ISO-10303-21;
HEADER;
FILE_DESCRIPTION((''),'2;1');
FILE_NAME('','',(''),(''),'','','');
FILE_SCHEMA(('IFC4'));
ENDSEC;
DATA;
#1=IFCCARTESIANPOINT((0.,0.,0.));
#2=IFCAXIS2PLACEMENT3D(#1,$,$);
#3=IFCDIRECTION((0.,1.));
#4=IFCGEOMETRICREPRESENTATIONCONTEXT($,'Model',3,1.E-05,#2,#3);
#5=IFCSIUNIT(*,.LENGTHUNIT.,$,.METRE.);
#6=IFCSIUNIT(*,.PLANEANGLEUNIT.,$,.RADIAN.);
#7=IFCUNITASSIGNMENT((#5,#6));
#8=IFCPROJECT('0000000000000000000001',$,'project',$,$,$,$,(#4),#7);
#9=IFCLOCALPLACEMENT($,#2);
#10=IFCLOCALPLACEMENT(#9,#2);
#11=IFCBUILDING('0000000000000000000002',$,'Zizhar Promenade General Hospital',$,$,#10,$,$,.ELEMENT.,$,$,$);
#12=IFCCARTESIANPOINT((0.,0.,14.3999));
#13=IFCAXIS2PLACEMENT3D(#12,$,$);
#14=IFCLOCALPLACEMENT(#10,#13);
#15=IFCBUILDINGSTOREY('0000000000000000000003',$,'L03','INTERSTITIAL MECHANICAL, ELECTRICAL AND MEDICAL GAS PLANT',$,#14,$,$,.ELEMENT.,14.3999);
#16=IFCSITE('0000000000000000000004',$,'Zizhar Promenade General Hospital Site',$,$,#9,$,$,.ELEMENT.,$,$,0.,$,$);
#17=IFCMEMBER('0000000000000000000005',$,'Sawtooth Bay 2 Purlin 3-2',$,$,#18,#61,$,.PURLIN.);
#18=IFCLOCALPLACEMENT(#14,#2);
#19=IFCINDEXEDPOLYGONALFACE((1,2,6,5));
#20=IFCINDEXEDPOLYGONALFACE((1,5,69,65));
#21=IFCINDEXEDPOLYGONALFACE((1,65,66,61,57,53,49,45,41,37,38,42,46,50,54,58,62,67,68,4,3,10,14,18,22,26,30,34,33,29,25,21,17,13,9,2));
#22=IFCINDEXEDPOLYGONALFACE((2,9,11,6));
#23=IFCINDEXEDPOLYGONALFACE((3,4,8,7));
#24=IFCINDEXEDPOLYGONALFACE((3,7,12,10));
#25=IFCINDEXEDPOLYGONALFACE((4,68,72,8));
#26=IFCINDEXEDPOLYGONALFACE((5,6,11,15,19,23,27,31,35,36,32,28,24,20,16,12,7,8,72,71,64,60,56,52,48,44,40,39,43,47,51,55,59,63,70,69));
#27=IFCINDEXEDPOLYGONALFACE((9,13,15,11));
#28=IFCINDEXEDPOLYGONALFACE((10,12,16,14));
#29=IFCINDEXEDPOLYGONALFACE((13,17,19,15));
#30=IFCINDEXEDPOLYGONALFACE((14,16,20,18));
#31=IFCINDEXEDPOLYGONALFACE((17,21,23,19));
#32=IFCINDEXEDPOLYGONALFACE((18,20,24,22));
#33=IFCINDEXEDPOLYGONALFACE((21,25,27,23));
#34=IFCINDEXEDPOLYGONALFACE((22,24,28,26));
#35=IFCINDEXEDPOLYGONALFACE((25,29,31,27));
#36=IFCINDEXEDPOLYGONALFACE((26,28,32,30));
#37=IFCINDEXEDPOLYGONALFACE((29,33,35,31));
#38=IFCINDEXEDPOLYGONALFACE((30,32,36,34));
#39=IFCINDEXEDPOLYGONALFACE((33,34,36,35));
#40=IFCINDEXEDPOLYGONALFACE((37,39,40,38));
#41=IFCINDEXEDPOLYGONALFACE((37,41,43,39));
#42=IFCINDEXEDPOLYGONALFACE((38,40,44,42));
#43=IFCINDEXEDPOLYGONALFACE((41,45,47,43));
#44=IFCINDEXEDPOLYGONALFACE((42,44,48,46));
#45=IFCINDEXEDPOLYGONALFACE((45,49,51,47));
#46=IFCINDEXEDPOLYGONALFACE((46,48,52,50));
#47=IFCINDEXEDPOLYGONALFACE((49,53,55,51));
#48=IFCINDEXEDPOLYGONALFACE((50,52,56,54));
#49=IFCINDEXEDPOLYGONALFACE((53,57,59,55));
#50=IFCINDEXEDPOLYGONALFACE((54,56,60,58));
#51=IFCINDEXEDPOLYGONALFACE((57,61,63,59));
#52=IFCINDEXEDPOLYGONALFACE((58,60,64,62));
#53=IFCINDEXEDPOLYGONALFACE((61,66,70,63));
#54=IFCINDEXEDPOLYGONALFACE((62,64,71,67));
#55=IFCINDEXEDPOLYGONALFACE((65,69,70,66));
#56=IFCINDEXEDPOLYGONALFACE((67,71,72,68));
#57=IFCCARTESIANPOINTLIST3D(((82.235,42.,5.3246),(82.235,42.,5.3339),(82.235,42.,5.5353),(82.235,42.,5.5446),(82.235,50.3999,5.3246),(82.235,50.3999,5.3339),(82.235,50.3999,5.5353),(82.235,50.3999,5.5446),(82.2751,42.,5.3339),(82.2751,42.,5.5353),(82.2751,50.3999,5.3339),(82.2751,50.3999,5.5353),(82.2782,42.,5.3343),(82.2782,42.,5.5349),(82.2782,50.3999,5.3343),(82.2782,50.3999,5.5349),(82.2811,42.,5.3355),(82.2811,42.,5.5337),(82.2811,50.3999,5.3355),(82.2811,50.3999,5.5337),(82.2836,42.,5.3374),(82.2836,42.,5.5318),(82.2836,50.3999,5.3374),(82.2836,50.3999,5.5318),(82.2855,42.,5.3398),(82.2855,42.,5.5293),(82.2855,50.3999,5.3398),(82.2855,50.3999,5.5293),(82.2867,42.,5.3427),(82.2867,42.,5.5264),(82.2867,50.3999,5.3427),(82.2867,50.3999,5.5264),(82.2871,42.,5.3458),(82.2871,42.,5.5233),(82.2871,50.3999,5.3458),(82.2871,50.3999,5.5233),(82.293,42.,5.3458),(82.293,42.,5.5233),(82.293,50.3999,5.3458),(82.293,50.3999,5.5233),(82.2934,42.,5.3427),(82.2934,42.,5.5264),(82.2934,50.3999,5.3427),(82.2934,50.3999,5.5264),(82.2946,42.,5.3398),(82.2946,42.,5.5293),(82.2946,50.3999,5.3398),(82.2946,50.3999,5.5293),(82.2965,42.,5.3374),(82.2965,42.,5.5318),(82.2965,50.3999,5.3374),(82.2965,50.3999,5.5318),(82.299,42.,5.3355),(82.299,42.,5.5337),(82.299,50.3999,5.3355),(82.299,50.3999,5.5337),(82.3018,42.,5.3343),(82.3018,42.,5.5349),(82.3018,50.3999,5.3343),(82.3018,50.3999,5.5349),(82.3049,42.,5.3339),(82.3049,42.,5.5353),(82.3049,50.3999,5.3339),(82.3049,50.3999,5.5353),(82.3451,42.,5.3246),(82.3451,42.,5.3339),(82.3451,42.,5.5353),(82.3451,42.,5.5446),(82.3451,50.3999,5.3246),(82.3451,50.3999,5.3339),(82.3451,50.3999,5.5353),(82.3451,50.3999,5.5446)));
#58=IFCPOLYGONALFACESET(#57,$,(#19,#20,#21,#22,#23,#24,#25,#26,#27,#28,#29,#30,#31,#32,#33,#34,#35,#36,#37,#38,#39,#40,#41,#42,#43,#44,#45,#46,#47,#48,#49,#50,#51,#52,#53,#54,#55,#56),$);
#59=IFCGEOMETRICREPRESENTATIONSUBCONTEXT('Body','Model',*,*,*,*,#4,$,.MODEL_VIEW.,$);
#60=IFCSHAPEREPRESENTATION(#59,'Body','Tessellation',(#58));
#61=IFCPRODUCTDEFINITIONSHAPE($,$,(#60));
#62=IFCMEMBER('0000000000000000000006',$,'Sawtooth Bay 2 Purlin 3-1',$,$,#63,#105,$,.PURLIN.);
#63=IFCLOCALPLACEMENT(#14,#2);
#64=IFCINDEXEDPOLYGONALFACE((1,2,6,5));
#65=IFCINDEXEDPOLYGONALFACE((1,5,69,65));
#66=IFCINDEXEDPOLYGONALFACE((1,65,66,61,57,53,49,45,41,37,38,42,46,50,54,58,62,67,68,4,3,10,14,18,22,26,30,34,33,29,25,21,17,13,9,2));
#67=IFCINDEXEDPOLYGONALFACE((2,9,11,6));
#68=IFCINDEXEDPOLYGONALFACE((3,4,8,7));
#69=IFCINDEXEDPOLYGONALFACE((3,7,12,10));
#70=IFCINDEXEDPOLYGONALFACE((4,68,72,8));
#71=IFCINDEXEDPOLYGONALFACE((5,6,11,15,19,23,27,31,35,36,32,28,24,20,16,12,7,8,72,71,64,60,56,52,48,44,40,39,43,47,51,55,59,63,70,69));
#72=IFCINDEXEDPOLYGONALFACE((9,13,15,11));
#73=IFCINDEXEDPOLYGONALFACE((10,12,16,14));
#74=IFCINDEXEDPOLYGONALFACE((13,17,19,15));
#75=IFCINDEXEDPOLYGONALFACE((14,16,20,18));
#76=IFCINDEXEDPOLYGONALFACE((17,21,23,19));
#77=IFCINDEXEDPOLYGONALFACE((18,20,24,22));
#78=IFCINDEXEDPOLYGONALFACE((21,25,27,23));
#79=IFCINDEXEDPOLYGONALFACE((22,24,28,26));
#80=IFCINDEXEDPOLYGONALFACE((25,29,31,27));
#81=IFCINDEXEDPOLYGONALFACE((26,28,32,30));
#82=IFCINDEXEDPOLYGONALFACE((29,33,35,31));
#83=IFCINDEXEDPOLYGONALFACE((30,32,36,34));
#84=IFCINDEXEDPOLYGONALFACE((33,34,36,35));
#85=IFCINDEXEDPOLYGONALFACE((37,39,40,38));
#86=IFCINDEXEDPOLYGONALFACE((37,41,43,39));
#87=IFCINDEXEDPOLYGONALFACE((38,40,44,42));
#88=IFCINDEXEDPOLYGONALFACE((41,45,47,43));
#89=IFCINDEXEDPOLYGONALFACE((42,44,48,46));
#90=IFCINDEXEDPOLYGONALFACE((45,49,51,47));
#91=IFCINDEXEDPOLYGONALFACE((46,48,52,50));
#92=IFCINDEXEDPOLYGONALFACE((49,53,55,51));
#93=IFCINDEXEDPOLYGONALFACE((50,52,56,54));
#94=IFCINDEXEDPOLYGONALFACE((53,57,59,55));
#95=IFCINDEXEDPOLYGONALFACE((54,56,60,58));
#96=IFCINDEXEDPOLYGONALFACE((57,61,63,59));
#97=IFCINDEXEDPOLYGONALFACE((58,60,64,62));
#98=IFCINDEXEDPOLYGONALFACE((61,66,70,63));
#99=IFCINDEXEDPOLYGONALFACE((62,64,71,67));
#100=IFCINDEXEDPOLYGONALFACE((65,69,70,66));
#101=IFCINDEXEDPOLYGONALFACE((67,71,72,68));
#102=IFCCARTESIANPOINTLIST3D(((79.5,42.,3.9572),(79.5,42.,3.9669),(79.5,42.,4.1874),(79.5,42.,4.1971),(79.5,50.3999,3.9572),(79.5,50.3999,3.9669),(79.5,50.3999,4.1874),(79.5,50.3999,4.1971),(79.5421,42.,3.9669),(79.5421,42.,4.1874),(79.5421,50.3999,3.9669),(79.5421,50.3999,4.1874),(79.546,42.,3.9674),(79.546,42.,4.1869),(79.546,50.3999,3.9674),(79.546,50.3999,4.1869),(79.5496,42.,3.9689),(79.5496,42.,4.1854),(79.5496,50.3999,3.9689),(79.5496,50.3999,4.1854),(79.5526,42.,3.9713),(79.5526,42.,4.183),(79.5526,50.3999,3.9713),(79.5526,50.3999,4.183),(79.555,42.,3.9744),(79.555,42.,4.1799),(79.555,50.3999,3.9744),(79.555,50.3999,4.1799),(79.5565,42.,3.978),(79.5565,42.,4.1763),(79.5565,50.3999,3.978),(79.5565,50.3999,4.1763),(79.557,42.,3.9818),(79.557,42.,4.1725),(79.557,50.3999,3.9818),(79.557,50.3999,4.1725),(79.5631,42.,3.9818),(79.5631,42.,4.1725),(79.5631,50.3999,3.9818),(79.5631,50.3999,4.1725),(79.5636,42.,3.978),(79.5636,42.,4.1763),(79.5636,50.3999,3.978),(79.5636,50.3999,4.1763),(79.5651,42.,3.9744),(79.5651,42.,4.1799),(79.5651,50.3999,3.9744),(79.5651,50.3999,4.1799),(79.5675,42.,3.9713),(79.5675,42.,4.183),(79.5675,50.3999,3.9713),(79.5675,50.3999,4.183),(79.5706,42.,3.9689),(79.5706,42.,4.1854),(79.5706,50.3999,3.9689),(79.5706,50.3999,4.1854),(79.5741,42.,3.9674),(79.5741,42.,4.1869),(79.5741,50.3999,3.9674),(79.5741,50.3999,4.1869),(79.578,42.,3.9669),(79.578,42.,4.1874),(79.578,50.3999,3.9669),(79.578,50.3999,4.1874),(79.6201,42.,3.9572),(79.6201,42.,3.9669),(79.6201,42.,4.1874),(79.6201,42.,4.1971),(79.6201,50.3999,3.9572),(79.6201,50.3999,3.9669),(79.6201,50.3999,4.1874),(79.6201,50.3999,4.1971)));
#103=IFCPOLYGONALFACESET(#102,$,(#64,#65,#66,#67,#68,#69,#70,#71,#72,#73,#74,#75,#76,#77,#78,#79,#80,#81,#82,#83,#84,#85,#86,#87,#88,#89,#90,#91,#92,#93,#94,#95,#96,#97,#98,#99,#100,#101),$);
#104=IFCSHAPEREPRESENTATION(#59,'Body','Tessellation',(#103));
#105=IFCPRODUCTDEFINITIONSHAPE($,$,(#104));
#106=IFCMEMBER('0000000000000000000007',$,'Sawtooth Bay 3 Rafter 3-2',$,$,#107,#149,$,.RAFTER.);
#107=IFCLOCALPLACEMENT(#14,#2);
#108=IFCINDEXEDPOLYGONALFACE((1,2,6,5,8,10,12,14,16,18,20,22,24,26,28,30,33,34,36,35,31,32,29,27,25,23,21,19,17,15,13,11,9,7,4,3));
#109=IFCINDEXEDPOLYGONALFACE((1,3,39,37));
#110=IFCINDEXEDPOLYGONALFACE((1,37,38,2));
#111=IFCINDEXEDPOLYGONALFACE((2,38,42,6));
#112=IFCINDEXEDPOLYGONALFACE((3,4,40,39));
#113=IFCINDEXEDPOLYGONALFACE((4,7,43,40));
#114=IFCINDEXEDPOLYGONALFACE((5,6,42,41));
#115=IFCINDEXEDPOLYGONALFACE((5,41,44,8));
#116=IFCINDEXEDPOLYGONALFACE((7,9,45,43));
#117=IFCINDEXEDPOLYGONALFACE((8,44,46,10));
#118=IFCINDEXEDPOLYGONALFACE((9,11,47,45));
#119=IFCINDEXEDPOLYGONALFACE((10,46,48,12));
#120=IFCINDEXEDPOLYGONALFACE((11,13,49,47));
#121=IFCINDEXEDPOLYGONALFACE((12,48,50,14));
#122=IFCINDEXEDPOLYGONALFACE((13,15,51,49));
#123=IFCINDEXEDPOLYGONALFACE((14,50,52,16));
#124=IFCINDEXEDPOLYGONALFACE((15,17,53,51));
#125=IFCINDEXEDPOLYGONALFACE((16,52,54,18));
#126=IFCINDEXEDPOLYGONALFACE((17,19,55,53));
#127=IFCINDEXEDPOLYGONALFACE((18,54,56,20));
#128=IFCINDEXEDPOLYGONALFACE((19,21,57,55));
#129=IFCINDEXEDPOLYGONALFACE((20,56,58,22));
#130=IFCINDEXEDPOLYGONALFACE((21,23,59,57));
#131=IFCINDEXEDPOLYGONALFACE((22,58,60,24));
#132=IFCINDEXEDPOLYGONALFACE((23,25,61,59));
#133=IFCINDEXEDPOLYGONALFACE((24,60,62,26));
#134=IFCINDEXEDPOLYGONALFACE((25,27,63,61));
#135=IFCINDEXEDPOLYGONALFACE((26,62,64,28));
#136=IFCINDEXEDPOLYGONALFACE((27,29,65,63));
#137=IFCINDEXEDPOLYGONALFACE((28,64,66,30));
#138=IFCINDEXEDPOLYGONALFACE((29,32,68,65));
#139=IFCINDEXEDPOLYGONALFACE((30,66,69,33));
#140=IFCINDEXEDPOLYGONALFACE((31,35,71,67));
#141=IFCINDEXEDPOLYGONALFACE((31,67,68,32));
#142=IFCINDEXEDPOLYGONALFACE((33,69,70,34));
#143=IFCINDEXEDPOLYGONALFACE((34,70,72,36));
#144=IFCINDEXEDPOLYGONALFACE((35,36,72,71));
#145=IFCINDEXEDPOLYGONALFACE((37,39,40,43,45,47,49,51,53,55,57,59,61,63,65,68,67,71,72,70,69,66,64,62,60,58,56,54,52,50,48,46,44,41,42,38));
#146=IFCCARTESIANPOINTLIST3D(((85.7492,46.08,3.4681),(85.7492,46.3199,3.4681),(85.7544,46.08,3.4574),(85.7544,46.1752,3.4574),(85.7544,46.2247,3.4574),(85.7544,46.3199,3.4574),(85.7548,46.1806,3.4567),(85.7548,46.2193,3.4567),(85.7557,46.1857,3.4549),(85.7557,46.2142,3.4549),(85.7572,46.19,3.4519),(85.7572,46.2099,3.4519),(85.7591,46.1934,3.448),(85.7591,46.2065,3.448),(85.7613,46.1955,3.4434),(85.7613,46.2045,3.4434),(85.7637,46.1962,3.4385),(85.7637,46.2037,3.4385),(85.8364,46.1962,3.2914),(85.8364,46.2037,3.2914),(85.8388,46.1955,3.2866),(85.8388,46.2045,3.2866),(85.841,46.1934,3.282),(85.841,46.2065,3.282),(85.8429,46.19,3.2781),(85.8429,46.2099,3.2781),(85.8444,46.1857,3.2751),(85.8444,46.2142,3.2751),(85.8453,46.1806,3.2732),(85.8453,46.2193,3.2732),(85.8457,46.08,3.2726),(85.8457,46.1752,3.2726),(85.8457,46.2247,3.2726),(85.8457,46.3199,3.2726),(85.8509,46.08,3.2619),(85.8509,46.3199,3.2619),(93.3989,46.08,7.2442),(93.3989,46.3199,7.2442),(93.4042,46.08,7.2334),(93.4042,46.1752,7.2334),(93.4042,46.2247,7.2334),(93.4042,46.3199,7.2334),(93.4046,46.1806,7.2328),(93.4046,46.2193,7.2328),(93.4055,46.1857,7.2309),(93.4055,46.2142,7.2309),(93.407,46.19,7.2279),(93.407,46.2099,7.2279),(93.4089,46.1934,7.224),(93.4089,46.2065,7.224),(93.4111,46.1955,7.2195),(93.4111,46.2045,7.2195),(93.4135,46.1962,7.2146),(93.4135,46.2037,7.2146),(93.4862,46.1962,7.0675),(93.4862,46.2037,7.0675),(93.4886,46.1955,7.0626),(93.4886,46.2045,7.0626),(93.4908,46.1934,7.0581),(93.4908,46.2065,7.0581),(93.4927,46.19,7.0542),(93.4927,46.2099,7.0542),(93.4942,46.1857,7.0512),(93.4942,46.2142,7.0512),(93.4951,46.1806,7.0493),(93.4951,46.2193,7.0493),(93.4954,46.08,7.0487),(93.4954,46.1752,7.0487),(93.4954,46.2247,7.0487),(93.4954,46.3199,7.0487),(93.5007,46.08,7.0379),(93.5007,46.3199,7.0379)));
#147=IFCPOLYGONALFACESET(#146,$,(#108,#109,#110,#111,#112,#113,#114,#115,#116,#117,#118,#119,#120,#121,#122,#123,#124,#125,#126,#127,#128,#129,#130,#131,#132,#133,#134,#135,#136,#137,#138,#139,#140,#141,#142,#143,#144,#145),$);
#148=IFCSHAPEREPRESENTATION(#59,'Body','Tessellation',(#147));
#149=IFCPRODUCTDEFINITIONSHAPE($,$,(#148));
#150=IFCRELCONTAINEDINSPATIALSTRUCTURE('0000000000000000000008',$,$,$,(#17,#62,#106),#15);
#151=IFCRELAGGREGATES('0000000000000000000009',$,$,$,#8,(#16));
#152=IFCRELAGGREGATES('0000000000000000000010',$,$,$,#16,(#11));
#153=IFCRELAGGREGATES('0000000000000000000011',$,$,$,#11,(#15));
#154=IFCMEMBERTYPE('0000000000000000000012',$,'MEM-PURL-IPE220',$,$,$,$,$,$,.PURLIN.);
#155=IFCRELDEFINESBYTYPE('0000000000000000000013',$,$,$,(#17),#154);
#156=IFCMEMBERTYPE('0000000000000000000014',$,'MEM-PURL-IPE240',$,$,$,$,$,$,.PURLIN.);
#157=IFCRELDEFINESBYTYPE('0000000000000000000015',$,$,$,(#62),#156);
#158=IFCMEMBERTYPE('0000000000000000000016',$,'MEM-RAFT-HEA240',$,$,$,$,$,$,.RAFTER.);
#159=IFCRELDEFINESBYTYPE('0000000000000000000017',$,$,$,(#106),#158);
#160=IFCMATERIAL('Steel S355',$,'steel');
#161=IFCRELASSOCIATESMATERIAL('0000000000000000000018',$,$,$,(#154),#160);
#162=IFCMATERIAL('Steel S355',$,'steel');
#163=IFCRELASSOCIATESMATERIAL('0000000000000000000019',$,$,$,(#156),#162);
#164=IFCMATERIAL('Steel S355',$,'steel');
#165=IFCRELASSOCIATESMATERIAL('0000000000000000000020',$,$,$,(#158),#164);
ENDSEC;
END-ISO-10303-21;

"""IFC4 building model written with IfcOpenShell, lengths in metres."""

from ifc_helpers import new_model, si_unit, direction, frame, origin, origin_2d, place, context, subcontext, project, spatial, i_section, extrude, material, material_profile, profile_set, type_object, element, save


model = new_model("IFC4")

# Units and contexts
model_context = context("Model", 3, precision=1e-05, world=origin(), true_north=direction((0.0, 1.0)))
body_context = subcontext(model_context, "Body", "Model", "MODEL_VIEW")
ifc_project = project(units=[si_unit("LENGTHUNIT", "METRE"), si_unit("PLANEANGLEUNIT", "RADIAN")], contexts=[model_context])

# Site, building, storey
site_placement = place(None, origin())
site = spatial("IfcSite", under=ifc_project, at=site_placement, Name="Zizhar Promenade General Hospital Site", CompositionType="ELEMENT", RefElevation=0.0)
building_placement = place(site_placement, origin())
building = spatial("IfcBuilding", under=site, at=building_placement, Name="Zizhar Promenade General Hospital", CompositionType="ELEMENT")
storey_placement = place(building_placement, frame((0.0, 0.0, 14.3999)))
storey = spatial("IfcBuildingStorey", under=building, at=storey_placement, Name="L03", Description="INTERSTITIAL MECHANICAL, ELECTRICAL AND MEDICAL GAS PLANT", CompositionType="ELEMENT", Elevation=14.3999)

# Members
ifc_material_1 = material(Name="Steel S355", Category="steel")
ifc_material_profile_1 = material_profile(ifc_material_1, i_section(OverallWidth=0.1101, OverallDepth=0.22, WebThickness=0.0059, FlangeThickness=0.0093, FilletRadius=0.012, at=origin_2d()))
ifc_profile_set_1 = profile_set([ifc_material_profile_1], Name="Steel S355")
member_type_1 = type_object("IfcMemberType", Name="MEM-PURL-IPE220", PredefinedType="PURLIN", material=ifc_profile_set_1)
member_1_placement = place(storey_placement, frame((82.29, 42.0, 5.4346), z_axis=(0.0, 1.0, 0.0), x_axis=(-1.0, 0.0, 0.0)))
element("IfcMember", 1, at=member_1_placement, inside=storey, type_object=member_type_1, Name="Sawtooth Bay 2 Purlin 3-2", PredefinedType="PURLIN", context=body_context, shape_type="SweptSolid", body=[
    extrude(i_section(OverallWidth=0.1101, OverallDepth=0.22, WebThickness=0.0059, FlangeThickness=0.0093, FilletRadius=0.012, at=origin_2d()), origin(), (0.0, 0.0, 1.0), 8.3999),
])
ifc_material_2 = material(Name="Steel S355", Category="steel")
ifc_material_profile_2 = material_profile(ifc_material_2, i_section(OverallWidth=0.1201, OverallDepth=0.24, WebThickness=0.0061, FlangeThickness=0.0098, FilletRadius=0.0149, at=origin_2d()))
ifc_profile_set_2 = profile_set([ifc_material_profile_2], Name="Steel S355")
member_type_2 = type_object("IfcMemberType", Name="MEM-PURL-IPE240", PredefinedType="PURLIN", material=ifc_profile_set_2)
member_2_placement = place(storey_placement, frame((79.5601, 42.0, 4.0771), z_axis=(0.0, 1.0, 0.0), x_axis=(-1.0, 0.0, 0.0)))
element("IfcMember", 2, at=member_2_placement, inside=storey, type_object=member_type_2, Name="Sawtooth Bay 2 Purlin 3-1", PredefinedType="PURLIN", context=body_context, shape_type="SweptSolid", body=[
    extrude(i_section(OverallWidth=0.1201, OverallDepth=0.24, WebThickness=0.0061, FlangeThickness=0.0098, FilletRadius=0.0149, at=origin_2d()), origin(), (0.0, 0.0, 1.0), 8.3999),
])
ifc_material_3 = material(Name="Steel S355", Category="steel")
ifc_material_profile_3 = material_profile(ifc_material_3, i_section(OverallWidth=0.24, OverallDepth=0.23, WebThickness=0.0076, FlangeThickness=0.012, FilletRadius=0.021, at=origin_2d()))
ifc_profile_set_3 = profile_set([ifc_material_profile_3], Name="Steel S355")
member_type_3 = type_object("IfcMemberType", Name="MEM-RAFT-HEA240", PredefinedType="RAFTER", material=ifc_profile_set_3)
member_3_placement = place(storey_placement, frame((85.8, 46.2, 3.365), z_axis=(0.896705, 0.0, 0.442629), x_axis=(0.0, 1.0, 0.0)))
element("IfcMember", 3, at=member_3_placement, inside=storey, type_object=member_type_3, Name="Sawtooth Bay 3 Rafter 3-2", PredefinedType="RAFTER", context=body_context, shape_type="SweptSolid", body=[
    extrude(i_section(OverallWidth=0.24, OverallDepth=0.23, WebThickness=0.0076, FlangeThickness=0.012, FilletRadius=0.021, at=origin_2d()), origin(), (0.0, 0.0, 1.0), 8.531),
])

save(model, "model.ifc")
